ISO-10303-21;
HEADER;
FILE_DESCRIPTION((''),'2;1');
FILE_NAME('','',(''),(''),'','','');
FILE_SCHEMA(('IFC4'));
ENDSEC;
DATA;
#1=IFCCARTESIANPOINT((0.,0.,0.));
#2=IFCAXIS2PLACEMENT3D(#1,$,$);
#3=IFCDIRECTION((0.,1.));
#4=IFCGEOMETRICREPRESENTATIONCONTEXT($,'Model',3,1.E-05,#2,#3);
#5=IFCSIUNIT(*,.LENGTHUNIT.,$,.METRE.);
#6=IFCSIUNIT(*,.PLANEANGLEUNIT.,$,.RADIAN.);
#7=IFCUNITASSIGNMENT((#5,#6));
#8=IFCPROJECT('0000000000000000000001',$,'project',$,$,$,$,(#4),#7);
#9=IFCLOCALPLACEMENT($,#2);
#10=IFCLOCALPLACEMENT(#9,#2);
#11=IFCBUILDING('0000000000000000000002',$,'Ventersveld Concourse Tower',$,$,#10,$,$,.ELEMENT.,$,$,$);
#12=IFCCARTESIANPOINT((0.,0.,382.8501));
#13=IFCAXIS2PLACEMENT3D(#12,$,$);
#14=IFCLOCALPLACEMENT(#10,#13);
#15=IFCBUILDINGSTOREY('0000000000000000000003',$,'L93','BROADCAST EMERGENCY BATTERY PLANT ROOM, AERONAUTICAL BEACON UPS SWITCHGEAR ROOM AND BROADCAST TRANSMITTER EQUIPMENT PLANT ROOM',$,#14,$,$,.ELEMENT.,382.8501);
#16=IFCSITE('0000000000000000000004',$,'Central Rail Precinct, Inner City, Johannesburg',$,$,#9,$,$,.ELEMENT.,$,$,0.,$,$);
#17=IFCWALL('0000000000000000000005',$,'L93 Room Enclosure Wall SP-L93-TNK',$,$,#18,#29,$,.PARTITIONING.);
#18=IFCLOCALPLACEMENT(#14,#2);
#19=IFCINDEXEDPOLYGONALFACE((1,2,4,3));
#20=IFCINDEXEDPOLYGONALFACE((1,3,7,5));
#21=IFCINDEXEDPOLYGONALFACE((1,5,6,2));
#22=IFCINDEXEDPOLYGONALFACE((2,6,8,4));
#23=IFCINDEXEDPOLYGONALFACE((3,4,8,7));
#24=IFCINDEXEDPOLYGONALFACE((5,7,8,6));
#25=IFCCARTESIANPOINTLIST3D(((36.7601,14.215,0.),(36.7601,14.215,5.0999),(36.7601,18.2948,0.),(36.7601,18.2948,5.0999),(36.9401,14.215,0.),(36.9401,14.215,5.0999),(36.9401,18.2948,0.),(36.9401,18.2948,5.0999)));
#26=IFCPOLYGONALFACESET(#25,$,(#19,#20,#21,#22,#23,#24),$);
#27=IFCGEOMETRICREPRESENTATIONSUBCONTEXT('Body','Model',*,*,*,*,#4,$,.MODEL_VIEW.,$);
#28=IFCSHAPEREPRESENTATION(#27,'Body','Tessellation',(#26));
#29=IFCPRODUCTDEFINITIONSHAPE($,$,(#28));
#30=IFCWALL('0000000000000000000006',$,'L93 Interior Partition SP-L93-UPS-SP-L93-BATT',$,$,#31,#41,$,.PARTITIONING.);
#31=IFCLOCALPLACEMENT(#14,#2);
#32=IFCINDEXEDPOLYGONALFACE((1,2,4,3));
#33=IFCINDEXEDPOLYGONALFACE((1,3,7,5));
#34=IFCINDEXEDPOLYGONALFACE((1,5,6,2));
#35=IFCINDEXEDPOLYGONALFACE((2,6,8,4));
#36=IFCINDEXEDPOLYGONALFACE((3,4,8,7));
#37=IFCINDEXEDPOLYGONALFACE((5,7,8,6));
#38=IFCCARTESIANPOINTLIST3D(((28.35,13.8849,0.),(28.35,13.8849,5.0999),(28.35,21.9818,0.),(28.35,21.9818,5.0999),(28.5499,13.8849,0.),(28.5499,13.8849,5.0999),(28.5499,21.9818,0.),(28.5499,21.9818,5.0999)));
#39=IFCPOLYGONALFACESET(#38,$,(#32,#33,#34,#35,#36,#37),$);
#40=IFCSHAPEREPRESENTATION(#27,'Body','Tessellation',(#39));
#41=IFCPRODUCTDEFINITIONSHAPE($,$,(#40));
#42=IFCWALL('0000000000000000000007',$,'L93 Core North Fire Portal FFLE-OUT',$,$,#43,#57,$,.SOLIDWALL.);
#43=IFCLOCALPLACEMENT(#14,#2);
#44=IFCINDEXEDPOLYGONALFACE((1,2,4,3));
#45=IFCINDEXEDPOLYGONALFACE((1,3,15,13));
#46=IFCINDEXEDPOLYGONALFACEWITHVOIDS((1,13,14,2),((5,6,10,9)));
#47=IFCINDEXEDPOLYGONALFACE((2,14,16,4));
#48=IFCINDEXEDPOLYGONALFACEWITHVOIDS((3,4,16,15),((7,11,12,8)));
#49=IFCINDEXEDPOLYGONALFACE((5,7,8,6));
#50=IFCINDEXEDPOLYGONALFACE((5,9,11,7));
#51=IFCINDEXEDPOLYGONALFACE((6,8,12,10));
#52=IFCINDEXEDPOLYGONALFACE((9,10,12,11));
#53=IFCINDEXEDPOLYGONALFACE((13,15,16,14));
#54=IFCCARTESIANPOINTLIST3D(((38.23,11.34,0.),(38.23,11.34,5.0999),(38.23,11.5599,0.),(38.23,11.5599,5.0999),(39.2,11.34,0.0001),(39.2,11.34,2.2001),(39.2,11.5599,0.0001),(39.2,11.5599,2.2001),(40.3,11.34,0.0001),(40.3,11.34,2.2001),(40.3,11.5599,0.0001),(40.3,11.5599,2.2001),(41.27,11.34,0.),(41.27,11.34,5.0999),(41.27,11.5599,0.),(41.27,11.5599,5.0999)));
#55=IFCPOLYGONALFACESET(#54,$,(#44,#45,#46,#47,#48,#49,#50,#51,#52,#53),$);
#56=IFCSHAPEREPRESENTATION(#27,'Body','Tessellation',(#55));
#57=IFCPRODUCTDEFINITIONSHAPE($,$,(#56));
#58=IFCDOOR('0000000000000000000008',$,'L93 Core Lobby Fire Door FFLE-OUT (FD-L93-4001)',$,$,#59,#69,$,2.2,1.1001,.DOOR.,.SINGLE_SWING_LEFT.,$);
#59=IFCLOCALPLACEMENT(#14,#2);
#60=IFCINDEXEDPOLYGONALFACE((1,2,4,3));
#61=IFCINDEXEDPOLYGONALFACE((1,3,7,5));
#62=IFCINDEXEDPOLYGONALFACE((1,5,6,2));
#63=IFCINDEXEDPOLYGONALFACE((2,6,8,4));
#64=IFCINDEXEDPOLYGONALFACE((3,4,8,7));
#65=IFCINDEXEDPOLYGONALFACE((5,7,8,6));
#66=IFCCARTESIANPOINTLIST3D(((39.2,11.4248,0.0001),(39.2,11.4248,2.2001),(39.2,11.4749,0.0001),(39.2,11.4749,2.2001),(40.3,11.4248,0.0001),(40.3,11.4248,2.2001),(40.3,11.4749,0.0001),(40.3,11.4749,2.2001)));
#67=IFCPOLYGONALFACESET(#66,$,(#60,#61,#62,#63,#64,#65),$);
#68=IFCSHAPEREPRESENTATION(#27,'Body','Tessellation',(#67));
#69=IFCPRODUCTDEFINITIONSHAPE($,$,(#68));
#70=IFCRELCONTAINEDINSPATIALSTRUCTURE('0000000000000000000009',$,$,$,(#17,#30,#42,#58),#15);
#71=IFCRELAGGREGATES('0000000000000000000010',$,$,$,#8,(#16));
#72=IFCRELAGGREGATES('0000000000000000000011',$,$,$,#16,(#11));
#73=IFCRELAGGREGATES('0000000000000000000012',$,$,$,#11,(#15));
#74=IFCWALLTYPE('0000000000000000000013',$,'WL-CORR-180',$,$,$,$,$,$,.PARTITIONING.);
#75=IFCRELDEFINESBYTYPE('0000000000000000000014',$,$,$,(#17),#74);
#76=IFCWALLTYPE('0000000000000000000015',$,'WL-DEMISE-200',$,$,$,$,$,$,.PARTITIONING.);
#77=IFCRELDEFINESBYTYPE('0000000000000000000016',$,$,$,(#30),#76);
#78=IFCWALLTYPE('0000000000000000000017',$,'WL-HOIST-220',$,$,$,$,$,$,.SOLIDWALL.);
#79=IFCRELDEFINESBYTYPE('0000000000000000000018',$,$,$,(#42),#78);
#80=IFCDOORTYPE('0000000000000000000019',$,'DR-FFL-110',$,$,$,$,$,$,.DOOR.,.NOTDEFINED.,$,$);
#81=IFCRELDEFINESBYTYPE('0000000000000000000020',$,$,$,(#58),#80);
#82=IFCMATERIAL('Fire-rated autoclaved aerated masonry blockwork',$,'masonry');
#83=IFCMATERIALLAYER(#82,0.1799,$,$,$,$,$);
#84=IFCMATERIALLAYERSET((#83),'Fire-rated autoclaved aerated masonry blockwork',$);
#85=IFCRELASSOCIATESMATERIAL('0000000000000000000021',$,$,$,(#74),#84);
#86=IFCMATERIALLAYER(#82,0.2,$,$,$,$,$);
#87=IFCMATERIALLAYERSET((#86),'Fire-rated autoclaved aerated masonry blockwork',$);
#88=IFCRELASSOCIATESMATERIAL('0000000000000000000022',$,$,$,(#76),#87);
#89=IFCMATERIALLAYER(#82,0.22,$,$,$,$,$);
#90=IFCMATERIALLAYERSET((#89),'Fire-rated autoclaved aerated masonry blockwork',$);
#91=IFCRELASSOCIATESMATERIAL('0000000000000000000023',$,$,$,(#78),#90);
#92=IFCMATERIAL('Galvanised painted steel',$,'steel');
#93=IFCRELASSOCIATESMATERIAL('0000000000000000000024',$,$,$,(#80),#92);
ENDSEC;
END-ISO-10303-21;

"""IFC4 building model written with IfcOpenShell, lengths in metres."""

from ifc_helpers import new_model, si_unit, direction, frame, frame_2d, origin, place, context, subcontext, project, spatial, rectangle, extrude, material, layer, layer_set, type_object, element, fill, save


model = new_model("IFC4")

# Units and contexts
model_context = context("Model", 3, precision=1e-05, world=origin(), true_north=direction((0.0, 1.0)))
body_context = subcontext(model_context, "Body", "Model", "MODEL_VIEW")
ifc_project = project(units=[si_unit("LENGTHUNIT", "METRE"), si_unit("PLANEANGLEUNIT", "RADIAN")], contexts=[model_context])

# Site, building, storey
site_placement = place(None, origin())
site = spatial("IfcSite", under=ifc_project, at=site_placement, Name="Central Rail Precinct, Inner City, Johannesburg", CompositionType="ELEMENT", RefElevation=0.0)
building_placement = place(site_placement, origin())
building = spatial("IfcBuilding", under=site, at=building_placement, Name="Ventersveld Concourse Tower", CompositionType="ELEMENT")
storey_placement = place(building_placement, frame((0.0, 0.0, 382.8501)))
storey = spatial("IfcBuildingStorey", under=building, at=storey_placement, Name="L93", Description="BROADCAST EMERGENCY BATTERY PLANT ROOM, AERONAUTICAL BEACON UPS SWITCHGEAR ROOM AND BROADCAST TRANSMITTER EQUIPMENT PLANT ROOM", CompositionType="ELEMENT", Elevation=382.8501)

# Shared definitions
ifc_material_1 = material(Name="Fire-rated autoclaved aerated masonry blockwork", Category="masonry")
ifc_layer_1 = layer(ifc_material_1, 0.1799)
ifc_layer_set_1 = layer_set([ifc_layer_1], Name="Fire-rated autoclaved aerated masonry blockwork")
wall_type_1 = type_object("IfcWallType", Name="WL-CORR-180", PredefinedType="PARTITIONING", material=ifc_layer_set_1)
ifc_material_2 = material(Name="Galvanised painted steel", Category="steel")

# Walls
wall_1_placement = place(storey_placement, frame((36.8501, 18.2949, 0.0), z_axis=(0.0, 0.0, 1.0), x_axis=(0.0, -1.0, 0.0)))
element("IfcWall", 1, at=wall_1_placement, inside=storey, type_object=wall_type_1, Name="L93 Room Enclosure Wall SP-L93-TNK", PredefinedType="PARTITIONING", context=body_context, shape_type="SweptSolid", body=[
    extrude(rectangle(XDim=4.0798, YDim=0.1799, at=frame_2d((2.04, 0.0))), origin(), (0.0, 0.0, 1.0), 5.0999),
])
ifc_layer_2 = layer(ifc_material_1, 0.2)
ifc_layer_set_2 = layer_set([ifc_layer_2], Name="Fire-rated autoclaved aerated masonry blockwork")
wall_type_2 = type_object("IfcWallType", Name="WL-DEMISE-200", PredefinedType="PARTITIONING", material=ifc_layer_set_2)
wall_2_placement = place(storey_placement, frame((28.45, 13.885, 0.0), z_axis=(0.0, 0.0, 1.0), x_axis=(0.0, 1.0, 0.0)))
element("IfcWall", 2, at=wall_2_placement, inside=storey, type_object=wall_type_2, Name="L93 Interior Partition SP-L93-UPS-SP-L93-BATT", PredefinedType="PARTITIONING", context=body_context, shape_type="SweptSolid", body=[
    extrude(rectangle(XDim=8.0969, YDim=0.2, at=frame_2d((4.0483, 0.0))), origin(), (0.0, 0.0, 1.0), 5.0999),
])

# Wall, opening, door
ifc_layer_3 = layer(ifc_material_1, 0.22)
ifc_layer_set_3 = layer_set([ifc_layer_3], Name="Fire-rated autoclaved aerated masonry blockwork")
wall_type_3 = type_object("IfcWallType", Name="WL-HOIST-220", PredefinedType="SOLIDWALL", material=ifc_layer_set_3)
wall_3_placement = place(storey_placement, frame((38.23, 11.45, 0.0), z_axis=(0.0, 0.0, 1.0), x_axis=(1.0, 0.0, 0.0)))
wall_3 = element("IfcWall", 3, at=wall_3_placement, inside=storey, type_object=wall_type_3, Name="L93 Core North Fire Portal FFLE-OUT", PredefinedType="SOLIDWALL", context=body_context, shape_type="SweptSolid", body=[
    extrude(rectangle(XDim=3.04, YDim=0.22, at=frame_2d((1.52, 0.0))), origin(), (0.0, 0.0, 1.0), 5.0999),
])
opening_1_placement = place(wall_3_placement, frame((0.97, 0.0, 0.0)))
opening_1 = element("IfcOpeningElement", 4, at=opening_1_placement, cuts=wall_3, PredefinedType="OPENING", context=body_context, shape_type="SweptSolid", body=[
    extrude(rectangle(XDim=1.1001, YDim=2.2, at=frame_2d((0.55, 1.1001))), frame((0.0, 0.1201, 0.0), z_axis=(0.0, -1.0, 0.0), x_axis=(1.0, 0.0, 0.0)), (0.0, 0.0, 1.0), 0.24),
])
door_type_1 = type_object("IfcDoorType", Name="DR-FFL-110", OperationType="NOTDEFINED", PredefinedType="DOOR", material=ifc_material_2)
door_1_placement = place(opening_1_placement, origin())
door_1 = element("IfcDoor", 5, at=door_1_placement, inside=storey, type_object=door_type_1, Name="L93 Core Lobby Fire Door FFLE-OUT (FD-L93-4001)", OperationType="SINGLE_SWING_LEFT", OverallHeight=2.2, OverallWidth=1.1001, PredefinedType="DOOR", context=body_context, shape_type="SweptSolid", body=[
    extrude(rectangle(XDim=1.1001, YDim=2.2, at=frame_2d((0.55, 1.1001))), frame((0.0, 0.0249, 0.0), z_axis=(0.0, -1.0, 0.0), x_axis=(1.0, 0.0, 0.0)), (0.0, 0.0, 1.0), 0.05),
])
fill(opening_1, door_1)

save(model, "model.ifc")
